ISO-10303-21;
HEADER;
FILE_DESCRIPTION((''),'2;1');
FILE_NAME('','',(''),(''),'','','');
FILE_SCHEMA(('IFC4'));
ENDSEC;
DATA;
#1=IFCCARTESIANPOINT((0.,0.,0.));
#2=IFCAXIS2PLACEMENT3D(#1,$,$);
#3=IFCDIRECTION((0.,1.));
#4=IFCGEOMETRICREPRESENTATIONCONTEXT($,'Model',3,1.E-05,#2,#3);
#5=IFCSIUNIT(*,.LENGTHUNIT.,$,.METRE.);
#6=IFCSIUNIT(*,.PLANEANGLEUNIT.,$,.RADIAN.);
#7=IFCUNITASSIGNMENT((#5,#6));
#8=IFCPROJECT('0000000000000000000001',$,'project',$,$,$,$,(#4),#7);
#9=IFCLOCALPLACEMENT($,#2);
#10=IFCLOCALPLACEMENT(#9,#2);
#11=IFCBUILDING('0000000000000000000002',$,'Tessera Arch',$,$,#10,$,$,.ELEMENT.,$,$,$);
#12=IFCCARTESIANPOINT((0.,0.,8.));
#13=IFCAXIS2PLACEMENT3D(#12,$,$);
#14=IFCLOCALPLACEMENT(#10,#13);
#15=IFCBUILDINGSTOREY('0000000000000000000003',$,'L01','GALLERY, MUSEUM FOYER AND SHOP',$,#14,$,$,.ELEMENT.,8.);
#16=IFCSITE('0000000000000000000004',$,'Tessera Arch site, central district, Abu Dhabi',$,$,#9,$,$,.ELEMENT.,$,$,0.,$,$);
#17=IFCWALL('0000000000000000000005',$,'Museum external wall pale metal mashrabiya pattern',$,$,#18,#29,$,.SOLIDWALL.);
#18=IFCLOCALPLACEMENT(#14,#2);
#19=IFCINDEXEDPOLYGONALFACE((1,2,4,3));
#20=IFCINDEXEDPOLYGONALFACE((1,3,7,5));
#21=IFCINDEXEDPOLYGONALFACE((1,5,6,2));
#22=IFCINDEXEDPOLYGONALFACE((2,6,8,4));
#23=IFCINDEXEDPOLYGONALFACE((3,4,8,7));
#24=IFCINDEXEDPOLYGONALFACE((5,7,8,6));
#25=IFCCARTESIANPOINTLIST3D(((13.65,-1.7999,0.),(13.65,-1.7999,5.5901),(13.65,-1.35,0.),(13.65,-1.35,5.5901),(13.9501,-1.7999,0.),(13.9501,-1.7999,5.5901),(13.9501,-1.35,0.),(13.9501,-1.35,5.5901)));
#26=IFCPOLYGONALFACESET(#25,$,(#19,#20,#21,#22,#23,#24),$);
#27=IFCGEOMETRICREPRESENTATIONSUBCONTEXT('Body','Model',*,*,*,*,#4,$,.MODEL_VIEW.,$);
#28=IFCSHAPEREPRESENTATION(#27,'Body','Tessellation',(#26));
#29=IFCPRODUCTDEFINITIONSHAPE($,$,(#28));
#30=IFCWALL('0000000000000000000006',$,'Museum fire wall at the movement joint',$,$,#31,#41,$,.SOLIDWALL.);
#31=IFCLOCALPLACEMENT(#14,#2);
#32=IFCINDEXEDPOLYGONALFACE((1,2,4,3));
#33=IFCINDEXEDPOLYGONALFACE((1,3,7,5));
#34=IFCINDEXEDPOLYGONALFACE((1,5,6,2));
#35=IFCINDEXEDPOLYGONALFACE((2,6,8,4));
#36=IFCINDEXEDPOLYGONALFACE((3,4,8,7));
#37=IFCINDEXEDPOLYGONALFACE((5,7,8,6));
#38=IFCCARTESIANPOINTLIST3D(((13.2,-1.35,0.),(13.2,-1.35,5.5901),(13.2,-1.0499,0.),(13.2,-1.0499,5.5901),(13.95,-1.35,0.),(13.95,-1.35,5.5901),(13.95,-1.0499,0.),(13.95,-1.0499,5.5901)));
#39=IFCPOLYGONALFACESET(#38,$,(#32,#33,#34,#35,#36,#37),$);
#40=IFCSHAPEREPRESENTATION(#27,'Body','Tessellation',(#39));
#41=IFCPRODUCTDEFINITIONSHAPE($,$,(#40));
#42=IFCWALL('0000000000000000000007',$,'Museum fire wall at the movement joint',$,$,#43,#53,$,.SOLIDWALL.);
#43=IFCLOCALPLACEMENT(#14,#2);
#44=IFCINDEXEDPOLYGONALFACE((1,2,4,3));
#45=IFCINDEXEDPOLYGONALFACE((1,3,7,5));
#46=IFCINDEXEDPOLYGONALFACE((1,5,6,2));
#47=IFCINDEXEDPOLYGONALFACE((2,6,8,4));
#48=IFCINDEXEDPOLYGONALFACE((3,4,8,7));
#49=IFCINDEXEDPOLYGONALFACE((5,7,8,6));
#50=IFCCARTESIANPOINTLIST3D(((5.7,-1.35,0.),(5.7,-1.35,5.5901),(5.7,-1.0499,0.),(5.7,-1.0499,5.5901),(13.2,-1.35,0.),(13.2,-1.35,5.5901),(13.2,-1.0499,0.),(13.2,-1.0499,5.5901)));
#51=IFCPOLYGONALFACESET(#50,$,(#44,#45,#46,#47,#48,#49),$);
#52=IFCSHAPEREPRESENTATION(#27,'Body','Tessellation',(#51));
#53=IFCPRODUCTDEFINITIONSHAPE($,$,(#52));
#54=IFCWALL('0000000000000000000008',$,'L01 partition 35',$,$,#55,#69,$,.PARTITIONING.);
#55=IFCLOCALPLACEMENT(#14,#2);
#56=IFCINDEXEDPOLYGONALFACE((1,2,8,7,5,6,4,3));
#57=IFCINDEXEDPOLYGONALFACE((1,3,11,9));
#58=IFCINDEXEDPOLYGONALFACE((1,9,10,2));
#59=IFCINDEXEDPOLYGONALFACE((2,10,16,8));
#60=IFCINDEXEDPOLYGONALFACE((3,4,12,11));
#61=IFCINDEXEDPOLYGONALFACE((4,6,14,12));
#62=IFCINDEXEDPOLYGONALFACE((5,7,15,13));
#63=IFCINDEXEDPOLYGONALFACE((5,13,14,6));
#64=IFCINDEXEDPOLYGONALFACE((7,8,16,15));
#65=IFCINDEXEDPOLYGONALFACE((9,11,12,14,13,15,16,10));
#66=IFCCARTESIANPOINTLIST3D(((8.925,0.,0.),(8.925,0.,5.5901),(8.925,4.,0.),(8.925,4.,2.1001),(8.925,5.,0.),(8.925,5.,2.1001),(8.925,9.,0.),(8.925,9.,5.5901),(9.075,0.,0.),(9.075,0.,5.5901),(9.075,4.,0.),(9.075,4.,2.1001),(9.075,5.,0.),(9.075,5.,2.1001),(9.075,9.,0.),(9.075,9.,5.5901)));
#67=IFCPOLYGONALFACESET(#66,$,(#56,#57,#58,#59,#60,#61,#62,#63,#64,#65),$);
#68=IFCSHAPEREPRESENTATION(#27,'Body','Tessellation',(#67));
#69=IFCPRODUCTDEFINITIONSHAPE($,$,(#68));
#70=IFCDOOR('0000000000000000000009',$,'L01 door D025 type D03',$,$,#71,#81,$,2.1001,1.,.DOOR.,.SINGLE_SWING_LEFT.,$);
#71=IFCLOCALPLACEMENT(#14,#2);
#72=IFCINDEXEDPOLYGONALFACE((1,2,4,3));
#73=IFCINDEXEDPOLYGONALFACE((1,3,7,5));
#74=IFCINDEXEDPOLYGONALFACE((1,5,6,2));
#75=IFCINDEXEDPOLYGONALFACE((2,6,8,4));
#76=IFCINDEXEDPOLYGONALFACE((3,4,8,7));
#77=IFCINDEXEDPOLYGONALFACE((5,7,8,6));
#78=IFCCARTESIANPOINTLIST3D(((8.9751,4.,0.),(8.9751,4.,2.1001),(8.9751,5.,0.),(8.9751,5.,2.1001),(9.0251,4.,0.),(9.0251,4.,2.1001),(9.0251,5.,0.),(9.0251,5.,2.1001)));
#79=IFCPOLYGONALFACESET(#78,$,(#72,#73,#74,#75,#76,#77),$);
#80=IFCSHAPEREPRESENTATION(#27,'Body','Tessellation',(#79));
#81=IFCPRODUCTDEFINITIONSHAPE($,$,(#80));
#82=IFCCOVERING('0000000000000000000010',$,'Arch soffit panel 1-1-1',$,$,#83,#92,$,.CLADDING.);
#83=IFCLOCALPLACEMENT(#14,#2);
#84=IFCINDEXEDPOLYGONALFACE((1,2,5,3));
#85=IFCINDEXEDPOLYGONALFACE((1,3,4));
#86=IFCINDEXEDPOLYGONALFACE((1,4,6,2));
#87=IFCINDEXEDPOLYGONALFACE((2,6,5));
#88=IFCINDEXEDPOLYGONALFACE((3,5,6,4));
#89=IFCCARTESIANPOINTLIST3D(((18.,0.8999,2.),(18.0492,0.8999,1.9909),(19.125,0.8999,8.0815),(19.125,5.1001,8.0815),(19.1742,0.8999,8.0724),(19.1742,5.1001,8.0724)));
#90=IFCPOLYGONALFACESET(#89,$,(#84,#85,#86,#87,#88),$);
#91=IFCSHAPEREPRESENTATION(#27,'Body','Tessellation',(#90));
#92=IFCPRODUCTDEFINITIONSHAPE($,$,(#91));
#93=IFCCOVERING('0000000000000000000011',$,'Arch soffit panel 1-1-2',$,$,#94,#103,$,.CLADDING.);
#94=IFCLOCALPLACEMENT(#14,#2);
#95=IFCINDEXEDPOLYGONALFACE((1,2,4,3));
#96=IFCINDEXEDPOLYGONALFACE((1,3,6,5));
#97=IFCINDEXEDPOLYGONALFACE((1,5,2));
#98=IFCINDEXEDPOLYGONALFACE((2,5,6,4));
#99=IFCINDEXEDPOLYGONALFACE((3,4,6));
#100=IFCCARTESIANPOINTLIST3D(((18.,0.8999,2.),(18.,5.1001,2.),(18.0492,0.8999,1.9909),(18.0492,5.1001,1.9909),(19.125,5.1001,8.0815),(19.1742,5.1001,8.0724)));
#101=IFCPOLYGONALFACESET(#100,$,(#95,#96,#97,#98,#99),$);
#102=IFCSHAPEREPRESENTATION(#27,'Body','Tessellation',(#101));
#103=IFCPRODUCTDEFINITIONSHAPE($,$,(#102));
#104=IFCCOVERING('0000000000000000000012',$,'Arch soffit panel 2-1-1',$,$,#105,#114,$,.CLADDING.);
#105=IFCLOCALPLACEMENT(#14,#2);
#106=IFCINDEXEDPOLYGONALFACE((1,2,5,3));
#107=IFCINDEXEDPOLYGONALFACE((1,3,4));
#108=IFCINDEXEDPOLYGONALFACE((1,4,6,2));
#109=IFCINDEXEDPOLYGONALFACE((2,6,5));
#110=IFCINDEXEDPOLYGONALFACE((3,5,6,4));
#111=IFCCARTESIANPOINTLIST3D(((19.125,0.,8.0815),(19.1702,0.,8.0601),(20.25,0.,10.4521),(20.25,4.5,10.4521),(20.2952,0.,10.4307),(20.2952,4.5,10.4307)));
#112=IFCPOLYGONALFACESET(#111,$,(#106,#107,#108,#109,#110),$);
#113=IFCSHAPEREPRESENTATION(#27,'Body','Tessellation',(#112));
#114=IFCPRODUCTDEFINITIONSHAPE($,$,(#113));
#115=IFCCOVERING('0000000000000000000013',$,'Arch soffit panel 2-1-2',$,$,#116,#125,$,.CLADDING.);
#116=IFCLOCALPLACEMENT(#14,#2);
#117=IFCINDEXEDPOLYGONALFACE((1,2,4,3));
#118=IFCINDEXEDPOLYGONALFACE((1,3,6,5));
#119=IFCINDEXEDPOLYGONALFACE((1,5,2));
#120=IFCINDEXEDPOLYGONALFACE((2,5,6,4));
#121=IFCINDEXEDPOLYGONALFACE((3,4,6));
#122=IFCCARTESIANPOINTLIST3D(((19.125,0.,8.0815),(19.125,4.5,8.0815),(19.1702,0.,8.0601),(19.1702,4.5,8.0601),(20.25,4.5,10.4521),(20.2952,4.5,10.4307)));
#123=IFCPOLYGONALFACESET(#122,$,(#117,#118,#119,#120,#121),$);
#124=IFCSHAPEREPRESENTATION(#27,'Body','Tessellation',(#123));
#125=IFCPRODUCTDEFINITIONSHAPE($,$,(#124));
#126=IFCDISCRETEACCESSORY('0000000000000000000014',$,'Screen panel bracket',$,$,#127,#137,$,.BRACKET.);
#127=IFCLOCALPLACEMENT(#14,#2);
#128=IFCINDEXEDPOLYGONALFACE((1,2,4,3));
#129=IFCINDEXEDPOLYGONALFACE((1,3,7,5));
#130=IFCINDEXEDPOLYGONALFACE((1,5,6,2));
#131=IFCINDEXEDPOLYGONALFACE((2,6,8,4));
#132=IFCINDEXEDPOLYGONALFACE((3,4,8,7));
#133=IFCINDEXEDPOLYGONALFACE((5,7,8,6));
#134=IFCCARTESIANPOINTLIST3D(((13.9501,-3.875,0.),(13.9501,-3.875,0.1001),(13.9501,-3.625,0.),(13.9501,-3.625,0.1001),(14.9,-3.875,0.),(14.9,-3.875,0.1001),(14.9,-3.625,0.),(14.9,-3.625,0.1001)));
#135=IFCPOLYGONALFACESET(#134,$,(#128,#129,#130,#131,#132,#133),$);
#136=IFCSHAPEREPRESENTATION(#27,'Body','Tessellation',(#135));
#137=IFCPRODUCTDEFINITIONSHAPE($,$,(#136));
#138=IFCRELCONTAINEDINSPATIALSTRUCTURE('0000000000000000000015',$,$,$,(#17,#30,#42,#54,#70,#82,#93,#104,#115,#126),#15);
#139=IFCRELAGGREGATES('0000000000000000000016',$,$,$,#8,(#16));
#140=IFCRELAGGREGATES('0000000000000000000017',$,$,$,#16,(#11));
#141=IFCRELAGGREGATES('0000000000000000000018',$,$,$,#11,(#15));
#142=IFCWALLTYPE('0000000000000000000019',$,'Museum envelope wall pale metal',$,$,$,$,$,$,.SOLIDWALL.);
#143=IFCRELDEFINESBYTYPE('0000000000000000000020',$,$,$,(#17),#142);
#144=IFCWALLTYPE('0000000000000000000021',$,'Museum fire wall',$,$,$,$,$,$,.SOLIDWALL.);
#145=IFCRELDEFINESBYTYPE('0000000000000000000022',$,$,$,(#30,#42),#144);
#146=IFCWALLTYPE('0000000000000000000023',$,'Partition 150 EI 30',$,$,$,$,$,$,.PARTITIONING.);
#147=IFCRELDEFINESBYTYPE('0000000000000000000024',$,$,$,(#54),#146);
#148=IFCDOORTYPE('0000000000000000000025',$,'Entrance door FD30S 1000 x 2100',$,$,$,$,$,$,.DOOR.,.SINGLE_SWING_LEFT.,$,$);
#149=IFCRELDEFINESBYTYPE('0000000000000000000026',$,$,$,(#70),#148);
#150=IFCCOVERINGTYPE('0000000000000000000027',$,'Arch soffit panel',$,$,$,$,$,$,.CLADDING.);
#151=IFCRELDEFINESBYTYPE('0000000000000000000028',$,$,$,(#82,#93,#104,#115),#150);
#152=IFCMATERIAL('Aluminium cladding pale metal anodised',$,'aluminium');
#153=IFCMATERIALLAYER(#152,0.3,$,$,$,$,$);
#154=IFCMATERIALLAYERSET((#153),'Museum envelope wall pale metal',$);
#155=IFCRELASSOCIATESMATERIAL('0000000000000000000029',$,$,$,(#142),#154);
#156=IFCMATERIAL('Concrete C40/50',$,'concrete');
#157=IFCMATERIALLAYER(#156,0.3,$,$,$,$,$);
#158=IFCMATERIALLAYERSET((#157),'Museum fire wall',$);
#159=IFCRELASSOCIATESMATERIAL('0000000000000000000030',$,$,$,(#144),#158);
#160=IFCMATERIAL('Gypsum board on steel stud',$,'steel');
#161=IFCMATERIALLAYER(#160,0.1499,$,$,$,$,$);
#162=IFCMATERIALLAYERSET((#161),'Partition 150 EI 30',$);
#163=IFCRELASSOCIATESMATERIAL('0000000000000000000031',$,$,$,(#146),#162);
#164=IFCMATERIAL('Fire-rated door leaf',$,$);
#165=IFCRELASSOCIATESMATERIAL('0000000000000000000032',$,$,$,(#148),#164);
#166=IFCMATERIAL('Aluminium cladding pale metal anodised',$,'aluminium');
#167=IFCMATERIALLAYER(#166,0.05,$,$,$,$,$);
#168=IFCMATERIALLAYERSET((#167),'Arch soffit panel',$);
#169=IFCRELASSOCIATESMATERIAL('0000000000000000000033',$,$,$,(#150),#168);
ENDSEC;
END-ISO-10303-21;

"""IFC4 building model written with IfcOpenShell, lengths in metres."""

from ifc_helpers import new_model, si_unit, direction, frame, frame_2d, origin, origin_2d, place, context, subcontext, project, spatial, polyline, rectangle, outline, extrude, material, layer, layer_set, type_object, element, fill, save


model = new_model("IFC4")

# Units and contexts
model_context = context("Model", 3, precision=1e-05, world=origin(), true_north=direction((0.0, 1.0)))
body_context = subcontext(model_context, "Body", "Model", "MODEL_VIEW")
ifc_project = project(units=[si_unit("LENGTHUNIT", "METRE"), si_unit("PLANEANGLEUNIT", "RADIAN")], contexts=[model_context])

# Site, building, storey
site_placement = place(None, origin())
site = spatial("IfcSite", under=ifc_project, at=site_placement, Name="Tessera Arch site, central district, Abu Dhabi", CompositionType="ELEMENT", RefElevation=0.0)
building_placement = place(site_placement, origin())
building = spatial("IfcBuilding", under=site, at=building_placement, Name="Tessera Arch", CompositionType="ELEMENT")
storey_placement = place(building_placement, frame((0.0, 0.0, 8.0)))
storey = spatial("IfcBuildingStorey", under=building, at=storey_placement, Name="L01", Description="GALLERY, MUSEUM FOYER AND SHOP", CompositionType="ELEMENT", Elevation=8.0)

# Walls
ifc_material_1 = material(Name="Aluminium cladding pale metal anodised", Category="aluminium")
ifc_layer_1 = layer(ifc_material_1, 0.3)
ifc_layer_set_1 = layer_set([ifc_layer_1], Name="Museum envelope wall pale metal")
wall_type_1 = type_object("IfcWallType", Name="Museum envelope wall pale metal", PredefinedType="SOLIDWALL", material=ifc_layer_set_1)
wall_1_placement = place(storey_placement, frame((13.8, -1.8, 0.0), z_axis=(0.0, 0.0, 1.0), x_axis=(0.0, 1.0, 0.0)))
element("IfcWall", 1, at=wall_1_placement, inside=storey, type_object=wall_type_1, Name="Museum external wall pale metal mashrabiya pattern", PredefinedType="SOLIDWALL", context=body_context, shape_type="SweptSolid", body=[
    extrude(rectangle(XDim=0.45, YDim=0.3, at=frame_2d((0.2251, 0.0))), origin(), (0.0, 0.0, 1.0), 5.5901),
])
ifc_material_2 = material(Name="Concrete C40/50", Category="concrete")
ifc_layer_2 = layer(ifc_material_2, 0.3)
ifc_layer_set_2 = layer_set([ifc_layer_2], Name="Museum fire wall")
wall_type_2 = type_object("IfcWallType", Name="Museum fire wall", PredefinedType="SOLIDWALL", material=ifc_layer_set_2)
wall_2_placement = place(storey_placement, frame((13.95, -1.2, 0.0), z_axis=(0.0, 0.0, 1.0), x_axis=(-1.0, 0.0, 0.0)))
element("IfcWall", 2, at=wall_2_placement, inside=storey, type_object=wall_type_2, Name="Museum fire wall at the movement joint", PredefinedType="SOLIDWALL", context=body_context, shape_type="SweptSolid", body=[
    extrude(rectangle(XDim=0.75, YDim=0.3, at=frame_2d((0.375, 0.0))), origin(), (0.0, 0.0, 1.0), 5.5901),
])
wall_3_placement = place(storey_placement, frame((13.2, -1.2, 0.0), z_axis=(0.0, 0.0, 1.0), x_axis=(-1.0, 0.0, 0.0)))
element("IfcWall", 3, at=wall_3_placement, inside=storey, type_object=wall_type_2, Name="Museum fire wall at the movement joint", PredefinedType="SOLIDWALL", context=body_context, shape_type="SweptSolid", body=[
    extrude(rectangle(XDim=7.5, YDim=0.3, at=frame_2d((3.75, 0.0))), origin(), (0.0, 0.0, 1.0), 5.5901),
])

# Wall, opening, door
ifc_material_3 = material(Name="Gypsum board on steel stud", Category="steel")
ifc_layer_3 = layer(ifc_material_3, 0.1499)
ifc_layer_set_3 = layer_set([ifc_layer_3], Name="Partition 150 EI 30")
wall_type_3 = type_object("IfcWallType", Name="Partition 150 EI 30", PredefinedType="PARTITIONING", material=ifc_layer_set_3)
wall_4_placement = place(storey_placement, frame((9.0, 0.0, 0.0), z_axis=(0.0, 0.0, 1.0), x_axis=(0.0, 1.0, 0.0)))
wall_4 = element("IfcWall", 4, at=wall_4_placement, inside=storey, type_object=wall_type_3, Name="L01 partition 35", PredefinedType="PARTITIONING", context=body_context, shape_type="SweptSolid", body=[
    extrude(rectangle(XDim=9.0, YDim=0.1499, at=frame_2d((4.5, 0.0))), origin(), (0.0, 0.0, 1.0), 5.5901),
])
opening_placement = place(wall_4_placement, frame((4.0, 0.0, 0.0)))
opening = element("IfcOpeningElement", 5, at=opening_placement, cuts=wall_4, PredefinedType="OPENING", context=body_context, shape_type="SweptSolid", body=[
    extrude(rectangle(XDim=1.0, YDim=2.1001, at=frame_2d((0.5, 1.05))), frame((0.0, 0.085, 0.0), z_axis=(0.0, -1.0, 0.0), x_axis=(1.0, 0.0, 0.0)), (0.0, 0.0, 1.0), 0.1699),
])
ifc_material_4 = material(Name="Fire-rated door leaf")
door_type = type_object("IfcDoorType", Name="Entrance door FD30S 1000 x 2100", OperationType="SINGLE_SWING_LEFT", PredefinedType="DOOR", material=ifc_material_4)
door_placement = place(opening_placement, origin())
door = element("IfcDoor", 6, at=door_placement, inside=storey, type_object=door_type, Name="L01 door D025 type D03", OperationType="SINGLE_SWING_LEFT", OverallHeight=2.1001, OverallWidth=1.0, PredefinedType="DOOR", context=body_context, shape_type="SweptSolid", body=[
    extrude(rectangle(XDim=1.0, YDim=2.1001, at=frame_2d((0.5, 1.05))), frame((0.0, 0.0249, 0.0), z_axis=(0.0, -1.0, 0.0), x_axis=(1.0, 0.0, 0.0)), (0.0, 0.0, 1.0), 0.05),
])
fill(opening, door)

# Coverings
ifc_material_5 = material(Name="Aluminium cladding pale metal anodised", Category="aluminium")
ifc_layer_4 = layer(ifc_material_5, 0.05)
ifc_layer_set_4 = layer_set([ifc_layer_4], Name="Arch soffit panel")
covering_type = type_object("IfcCoveringType", Name="Arch soffit panel", PredefinedType="CLADDING", material=ifc_layer_set_4)
covering_1_placement = place(storey_placement, frame((18.0, 0.8999, 2.0), z_axis=(-0.983317, 0.0, 0.1819), x_axis=(0.1819, 0.0, 0.983317)))
element("IfcCovering", 7, at=covering_1_placement, inside=storey, type_object=covering_type, Name="Arch soffit panel 1-1-1", PredefinedType="CLADDING", context=body_context, shape_type="SweptSolid", body=[
    extrude(outline(polyline([(0.0, 0.0), (6.1847, 0.0), (6.1847, 4.2002), (0.0, 0.0)])), origin(), (0.0, 0.0, -1.0), 0.05),
])
covering_2_placement = place(storey_placement, frame((18.0, 0.8999, 2.0), z_axis=(-0.983317, 0.0, 0.1819), x_axis=(0.150479, 0.561815, 0.813462)))
element("IfcCovering", 8, at=covering_2_placement, inside=storey, type_object=covering_type, Name="Arch soffit panel 1-1-2", PredefinedType="CLADDING", context=body_context, shape_type="SweptSolid", body=[
    extrude(outline(polyline([(0.0, 0.0), (7.4761, 0.0), (2.3597, 3.4747), (0.0, 0.0)])), origin(), (0.0, 0.0, -1.0), 0.05),
])
covering_3_placement = place(storey_placement, frame((19.125, 0.0, 8.0815), z_axis=(-0.903431, 0.0, 0.428734), x_axis=(0.428734, 0.0, 0.903431)))
element("IfcCovering", 9, at=covering_3_placement, inside=storey, type_object=covering_type, Name="Arch soffit panel 2-1-1", PredefinedType="CLADDING", context=body_context, shape_type="SweptSolid", body=[
    extrude(outline(polyline([(0.0, 0.0), (2.624, 0.0), (2.624, 4.5), (0.0, 0.0)])), origin(), (0.0, 0.0, -1.0), 0.05),
])
covering_4_placement = place(storey_placement, frame((19.125, 0.0, 8.0815), z_axis=(-0.903431, 0.0, 0.428734), x_axis=(0.215966, 0.863862, 0.455084)))
element("IfcCovering", 10, at=covering_4_placement, inside=storey, type_object=covering_type, Name="Arch soffit panel 2-1-2", PredefinedType="CLADDING", context=body_context, shape_type="SweptSolid", body=[
    extrude(outline(polyline([(0.0, 0.0), (5.2092, 0.0), (3.8874, 2.2668), (0.0, 0.0)])), origin(), (0.0, 0.0, -1.0), 0.05),
])

# Discrete accessory
discrete_accessory_placement = place(storey_placement, frame((14.425, -3.75, 0.0), z_axis=(0.0, 0.0, 1.0), x_axis=(1.0, 0.0, 0.0)))
element("IfcDiscreteAccessory", 11, at=discrete_accessory_placement, inside=storey, Name="Screen panel bracket", PredefinedType="BRACKET", context=body_context, shape_type="SweptSolid", body=[
    extrude(rectangle(XDim=0.95, YDim=0.25, at=origin_2d()), origin(), (0.0, 0.0, 1.0), 0.1001),
])

save(model, "model.ifc")
